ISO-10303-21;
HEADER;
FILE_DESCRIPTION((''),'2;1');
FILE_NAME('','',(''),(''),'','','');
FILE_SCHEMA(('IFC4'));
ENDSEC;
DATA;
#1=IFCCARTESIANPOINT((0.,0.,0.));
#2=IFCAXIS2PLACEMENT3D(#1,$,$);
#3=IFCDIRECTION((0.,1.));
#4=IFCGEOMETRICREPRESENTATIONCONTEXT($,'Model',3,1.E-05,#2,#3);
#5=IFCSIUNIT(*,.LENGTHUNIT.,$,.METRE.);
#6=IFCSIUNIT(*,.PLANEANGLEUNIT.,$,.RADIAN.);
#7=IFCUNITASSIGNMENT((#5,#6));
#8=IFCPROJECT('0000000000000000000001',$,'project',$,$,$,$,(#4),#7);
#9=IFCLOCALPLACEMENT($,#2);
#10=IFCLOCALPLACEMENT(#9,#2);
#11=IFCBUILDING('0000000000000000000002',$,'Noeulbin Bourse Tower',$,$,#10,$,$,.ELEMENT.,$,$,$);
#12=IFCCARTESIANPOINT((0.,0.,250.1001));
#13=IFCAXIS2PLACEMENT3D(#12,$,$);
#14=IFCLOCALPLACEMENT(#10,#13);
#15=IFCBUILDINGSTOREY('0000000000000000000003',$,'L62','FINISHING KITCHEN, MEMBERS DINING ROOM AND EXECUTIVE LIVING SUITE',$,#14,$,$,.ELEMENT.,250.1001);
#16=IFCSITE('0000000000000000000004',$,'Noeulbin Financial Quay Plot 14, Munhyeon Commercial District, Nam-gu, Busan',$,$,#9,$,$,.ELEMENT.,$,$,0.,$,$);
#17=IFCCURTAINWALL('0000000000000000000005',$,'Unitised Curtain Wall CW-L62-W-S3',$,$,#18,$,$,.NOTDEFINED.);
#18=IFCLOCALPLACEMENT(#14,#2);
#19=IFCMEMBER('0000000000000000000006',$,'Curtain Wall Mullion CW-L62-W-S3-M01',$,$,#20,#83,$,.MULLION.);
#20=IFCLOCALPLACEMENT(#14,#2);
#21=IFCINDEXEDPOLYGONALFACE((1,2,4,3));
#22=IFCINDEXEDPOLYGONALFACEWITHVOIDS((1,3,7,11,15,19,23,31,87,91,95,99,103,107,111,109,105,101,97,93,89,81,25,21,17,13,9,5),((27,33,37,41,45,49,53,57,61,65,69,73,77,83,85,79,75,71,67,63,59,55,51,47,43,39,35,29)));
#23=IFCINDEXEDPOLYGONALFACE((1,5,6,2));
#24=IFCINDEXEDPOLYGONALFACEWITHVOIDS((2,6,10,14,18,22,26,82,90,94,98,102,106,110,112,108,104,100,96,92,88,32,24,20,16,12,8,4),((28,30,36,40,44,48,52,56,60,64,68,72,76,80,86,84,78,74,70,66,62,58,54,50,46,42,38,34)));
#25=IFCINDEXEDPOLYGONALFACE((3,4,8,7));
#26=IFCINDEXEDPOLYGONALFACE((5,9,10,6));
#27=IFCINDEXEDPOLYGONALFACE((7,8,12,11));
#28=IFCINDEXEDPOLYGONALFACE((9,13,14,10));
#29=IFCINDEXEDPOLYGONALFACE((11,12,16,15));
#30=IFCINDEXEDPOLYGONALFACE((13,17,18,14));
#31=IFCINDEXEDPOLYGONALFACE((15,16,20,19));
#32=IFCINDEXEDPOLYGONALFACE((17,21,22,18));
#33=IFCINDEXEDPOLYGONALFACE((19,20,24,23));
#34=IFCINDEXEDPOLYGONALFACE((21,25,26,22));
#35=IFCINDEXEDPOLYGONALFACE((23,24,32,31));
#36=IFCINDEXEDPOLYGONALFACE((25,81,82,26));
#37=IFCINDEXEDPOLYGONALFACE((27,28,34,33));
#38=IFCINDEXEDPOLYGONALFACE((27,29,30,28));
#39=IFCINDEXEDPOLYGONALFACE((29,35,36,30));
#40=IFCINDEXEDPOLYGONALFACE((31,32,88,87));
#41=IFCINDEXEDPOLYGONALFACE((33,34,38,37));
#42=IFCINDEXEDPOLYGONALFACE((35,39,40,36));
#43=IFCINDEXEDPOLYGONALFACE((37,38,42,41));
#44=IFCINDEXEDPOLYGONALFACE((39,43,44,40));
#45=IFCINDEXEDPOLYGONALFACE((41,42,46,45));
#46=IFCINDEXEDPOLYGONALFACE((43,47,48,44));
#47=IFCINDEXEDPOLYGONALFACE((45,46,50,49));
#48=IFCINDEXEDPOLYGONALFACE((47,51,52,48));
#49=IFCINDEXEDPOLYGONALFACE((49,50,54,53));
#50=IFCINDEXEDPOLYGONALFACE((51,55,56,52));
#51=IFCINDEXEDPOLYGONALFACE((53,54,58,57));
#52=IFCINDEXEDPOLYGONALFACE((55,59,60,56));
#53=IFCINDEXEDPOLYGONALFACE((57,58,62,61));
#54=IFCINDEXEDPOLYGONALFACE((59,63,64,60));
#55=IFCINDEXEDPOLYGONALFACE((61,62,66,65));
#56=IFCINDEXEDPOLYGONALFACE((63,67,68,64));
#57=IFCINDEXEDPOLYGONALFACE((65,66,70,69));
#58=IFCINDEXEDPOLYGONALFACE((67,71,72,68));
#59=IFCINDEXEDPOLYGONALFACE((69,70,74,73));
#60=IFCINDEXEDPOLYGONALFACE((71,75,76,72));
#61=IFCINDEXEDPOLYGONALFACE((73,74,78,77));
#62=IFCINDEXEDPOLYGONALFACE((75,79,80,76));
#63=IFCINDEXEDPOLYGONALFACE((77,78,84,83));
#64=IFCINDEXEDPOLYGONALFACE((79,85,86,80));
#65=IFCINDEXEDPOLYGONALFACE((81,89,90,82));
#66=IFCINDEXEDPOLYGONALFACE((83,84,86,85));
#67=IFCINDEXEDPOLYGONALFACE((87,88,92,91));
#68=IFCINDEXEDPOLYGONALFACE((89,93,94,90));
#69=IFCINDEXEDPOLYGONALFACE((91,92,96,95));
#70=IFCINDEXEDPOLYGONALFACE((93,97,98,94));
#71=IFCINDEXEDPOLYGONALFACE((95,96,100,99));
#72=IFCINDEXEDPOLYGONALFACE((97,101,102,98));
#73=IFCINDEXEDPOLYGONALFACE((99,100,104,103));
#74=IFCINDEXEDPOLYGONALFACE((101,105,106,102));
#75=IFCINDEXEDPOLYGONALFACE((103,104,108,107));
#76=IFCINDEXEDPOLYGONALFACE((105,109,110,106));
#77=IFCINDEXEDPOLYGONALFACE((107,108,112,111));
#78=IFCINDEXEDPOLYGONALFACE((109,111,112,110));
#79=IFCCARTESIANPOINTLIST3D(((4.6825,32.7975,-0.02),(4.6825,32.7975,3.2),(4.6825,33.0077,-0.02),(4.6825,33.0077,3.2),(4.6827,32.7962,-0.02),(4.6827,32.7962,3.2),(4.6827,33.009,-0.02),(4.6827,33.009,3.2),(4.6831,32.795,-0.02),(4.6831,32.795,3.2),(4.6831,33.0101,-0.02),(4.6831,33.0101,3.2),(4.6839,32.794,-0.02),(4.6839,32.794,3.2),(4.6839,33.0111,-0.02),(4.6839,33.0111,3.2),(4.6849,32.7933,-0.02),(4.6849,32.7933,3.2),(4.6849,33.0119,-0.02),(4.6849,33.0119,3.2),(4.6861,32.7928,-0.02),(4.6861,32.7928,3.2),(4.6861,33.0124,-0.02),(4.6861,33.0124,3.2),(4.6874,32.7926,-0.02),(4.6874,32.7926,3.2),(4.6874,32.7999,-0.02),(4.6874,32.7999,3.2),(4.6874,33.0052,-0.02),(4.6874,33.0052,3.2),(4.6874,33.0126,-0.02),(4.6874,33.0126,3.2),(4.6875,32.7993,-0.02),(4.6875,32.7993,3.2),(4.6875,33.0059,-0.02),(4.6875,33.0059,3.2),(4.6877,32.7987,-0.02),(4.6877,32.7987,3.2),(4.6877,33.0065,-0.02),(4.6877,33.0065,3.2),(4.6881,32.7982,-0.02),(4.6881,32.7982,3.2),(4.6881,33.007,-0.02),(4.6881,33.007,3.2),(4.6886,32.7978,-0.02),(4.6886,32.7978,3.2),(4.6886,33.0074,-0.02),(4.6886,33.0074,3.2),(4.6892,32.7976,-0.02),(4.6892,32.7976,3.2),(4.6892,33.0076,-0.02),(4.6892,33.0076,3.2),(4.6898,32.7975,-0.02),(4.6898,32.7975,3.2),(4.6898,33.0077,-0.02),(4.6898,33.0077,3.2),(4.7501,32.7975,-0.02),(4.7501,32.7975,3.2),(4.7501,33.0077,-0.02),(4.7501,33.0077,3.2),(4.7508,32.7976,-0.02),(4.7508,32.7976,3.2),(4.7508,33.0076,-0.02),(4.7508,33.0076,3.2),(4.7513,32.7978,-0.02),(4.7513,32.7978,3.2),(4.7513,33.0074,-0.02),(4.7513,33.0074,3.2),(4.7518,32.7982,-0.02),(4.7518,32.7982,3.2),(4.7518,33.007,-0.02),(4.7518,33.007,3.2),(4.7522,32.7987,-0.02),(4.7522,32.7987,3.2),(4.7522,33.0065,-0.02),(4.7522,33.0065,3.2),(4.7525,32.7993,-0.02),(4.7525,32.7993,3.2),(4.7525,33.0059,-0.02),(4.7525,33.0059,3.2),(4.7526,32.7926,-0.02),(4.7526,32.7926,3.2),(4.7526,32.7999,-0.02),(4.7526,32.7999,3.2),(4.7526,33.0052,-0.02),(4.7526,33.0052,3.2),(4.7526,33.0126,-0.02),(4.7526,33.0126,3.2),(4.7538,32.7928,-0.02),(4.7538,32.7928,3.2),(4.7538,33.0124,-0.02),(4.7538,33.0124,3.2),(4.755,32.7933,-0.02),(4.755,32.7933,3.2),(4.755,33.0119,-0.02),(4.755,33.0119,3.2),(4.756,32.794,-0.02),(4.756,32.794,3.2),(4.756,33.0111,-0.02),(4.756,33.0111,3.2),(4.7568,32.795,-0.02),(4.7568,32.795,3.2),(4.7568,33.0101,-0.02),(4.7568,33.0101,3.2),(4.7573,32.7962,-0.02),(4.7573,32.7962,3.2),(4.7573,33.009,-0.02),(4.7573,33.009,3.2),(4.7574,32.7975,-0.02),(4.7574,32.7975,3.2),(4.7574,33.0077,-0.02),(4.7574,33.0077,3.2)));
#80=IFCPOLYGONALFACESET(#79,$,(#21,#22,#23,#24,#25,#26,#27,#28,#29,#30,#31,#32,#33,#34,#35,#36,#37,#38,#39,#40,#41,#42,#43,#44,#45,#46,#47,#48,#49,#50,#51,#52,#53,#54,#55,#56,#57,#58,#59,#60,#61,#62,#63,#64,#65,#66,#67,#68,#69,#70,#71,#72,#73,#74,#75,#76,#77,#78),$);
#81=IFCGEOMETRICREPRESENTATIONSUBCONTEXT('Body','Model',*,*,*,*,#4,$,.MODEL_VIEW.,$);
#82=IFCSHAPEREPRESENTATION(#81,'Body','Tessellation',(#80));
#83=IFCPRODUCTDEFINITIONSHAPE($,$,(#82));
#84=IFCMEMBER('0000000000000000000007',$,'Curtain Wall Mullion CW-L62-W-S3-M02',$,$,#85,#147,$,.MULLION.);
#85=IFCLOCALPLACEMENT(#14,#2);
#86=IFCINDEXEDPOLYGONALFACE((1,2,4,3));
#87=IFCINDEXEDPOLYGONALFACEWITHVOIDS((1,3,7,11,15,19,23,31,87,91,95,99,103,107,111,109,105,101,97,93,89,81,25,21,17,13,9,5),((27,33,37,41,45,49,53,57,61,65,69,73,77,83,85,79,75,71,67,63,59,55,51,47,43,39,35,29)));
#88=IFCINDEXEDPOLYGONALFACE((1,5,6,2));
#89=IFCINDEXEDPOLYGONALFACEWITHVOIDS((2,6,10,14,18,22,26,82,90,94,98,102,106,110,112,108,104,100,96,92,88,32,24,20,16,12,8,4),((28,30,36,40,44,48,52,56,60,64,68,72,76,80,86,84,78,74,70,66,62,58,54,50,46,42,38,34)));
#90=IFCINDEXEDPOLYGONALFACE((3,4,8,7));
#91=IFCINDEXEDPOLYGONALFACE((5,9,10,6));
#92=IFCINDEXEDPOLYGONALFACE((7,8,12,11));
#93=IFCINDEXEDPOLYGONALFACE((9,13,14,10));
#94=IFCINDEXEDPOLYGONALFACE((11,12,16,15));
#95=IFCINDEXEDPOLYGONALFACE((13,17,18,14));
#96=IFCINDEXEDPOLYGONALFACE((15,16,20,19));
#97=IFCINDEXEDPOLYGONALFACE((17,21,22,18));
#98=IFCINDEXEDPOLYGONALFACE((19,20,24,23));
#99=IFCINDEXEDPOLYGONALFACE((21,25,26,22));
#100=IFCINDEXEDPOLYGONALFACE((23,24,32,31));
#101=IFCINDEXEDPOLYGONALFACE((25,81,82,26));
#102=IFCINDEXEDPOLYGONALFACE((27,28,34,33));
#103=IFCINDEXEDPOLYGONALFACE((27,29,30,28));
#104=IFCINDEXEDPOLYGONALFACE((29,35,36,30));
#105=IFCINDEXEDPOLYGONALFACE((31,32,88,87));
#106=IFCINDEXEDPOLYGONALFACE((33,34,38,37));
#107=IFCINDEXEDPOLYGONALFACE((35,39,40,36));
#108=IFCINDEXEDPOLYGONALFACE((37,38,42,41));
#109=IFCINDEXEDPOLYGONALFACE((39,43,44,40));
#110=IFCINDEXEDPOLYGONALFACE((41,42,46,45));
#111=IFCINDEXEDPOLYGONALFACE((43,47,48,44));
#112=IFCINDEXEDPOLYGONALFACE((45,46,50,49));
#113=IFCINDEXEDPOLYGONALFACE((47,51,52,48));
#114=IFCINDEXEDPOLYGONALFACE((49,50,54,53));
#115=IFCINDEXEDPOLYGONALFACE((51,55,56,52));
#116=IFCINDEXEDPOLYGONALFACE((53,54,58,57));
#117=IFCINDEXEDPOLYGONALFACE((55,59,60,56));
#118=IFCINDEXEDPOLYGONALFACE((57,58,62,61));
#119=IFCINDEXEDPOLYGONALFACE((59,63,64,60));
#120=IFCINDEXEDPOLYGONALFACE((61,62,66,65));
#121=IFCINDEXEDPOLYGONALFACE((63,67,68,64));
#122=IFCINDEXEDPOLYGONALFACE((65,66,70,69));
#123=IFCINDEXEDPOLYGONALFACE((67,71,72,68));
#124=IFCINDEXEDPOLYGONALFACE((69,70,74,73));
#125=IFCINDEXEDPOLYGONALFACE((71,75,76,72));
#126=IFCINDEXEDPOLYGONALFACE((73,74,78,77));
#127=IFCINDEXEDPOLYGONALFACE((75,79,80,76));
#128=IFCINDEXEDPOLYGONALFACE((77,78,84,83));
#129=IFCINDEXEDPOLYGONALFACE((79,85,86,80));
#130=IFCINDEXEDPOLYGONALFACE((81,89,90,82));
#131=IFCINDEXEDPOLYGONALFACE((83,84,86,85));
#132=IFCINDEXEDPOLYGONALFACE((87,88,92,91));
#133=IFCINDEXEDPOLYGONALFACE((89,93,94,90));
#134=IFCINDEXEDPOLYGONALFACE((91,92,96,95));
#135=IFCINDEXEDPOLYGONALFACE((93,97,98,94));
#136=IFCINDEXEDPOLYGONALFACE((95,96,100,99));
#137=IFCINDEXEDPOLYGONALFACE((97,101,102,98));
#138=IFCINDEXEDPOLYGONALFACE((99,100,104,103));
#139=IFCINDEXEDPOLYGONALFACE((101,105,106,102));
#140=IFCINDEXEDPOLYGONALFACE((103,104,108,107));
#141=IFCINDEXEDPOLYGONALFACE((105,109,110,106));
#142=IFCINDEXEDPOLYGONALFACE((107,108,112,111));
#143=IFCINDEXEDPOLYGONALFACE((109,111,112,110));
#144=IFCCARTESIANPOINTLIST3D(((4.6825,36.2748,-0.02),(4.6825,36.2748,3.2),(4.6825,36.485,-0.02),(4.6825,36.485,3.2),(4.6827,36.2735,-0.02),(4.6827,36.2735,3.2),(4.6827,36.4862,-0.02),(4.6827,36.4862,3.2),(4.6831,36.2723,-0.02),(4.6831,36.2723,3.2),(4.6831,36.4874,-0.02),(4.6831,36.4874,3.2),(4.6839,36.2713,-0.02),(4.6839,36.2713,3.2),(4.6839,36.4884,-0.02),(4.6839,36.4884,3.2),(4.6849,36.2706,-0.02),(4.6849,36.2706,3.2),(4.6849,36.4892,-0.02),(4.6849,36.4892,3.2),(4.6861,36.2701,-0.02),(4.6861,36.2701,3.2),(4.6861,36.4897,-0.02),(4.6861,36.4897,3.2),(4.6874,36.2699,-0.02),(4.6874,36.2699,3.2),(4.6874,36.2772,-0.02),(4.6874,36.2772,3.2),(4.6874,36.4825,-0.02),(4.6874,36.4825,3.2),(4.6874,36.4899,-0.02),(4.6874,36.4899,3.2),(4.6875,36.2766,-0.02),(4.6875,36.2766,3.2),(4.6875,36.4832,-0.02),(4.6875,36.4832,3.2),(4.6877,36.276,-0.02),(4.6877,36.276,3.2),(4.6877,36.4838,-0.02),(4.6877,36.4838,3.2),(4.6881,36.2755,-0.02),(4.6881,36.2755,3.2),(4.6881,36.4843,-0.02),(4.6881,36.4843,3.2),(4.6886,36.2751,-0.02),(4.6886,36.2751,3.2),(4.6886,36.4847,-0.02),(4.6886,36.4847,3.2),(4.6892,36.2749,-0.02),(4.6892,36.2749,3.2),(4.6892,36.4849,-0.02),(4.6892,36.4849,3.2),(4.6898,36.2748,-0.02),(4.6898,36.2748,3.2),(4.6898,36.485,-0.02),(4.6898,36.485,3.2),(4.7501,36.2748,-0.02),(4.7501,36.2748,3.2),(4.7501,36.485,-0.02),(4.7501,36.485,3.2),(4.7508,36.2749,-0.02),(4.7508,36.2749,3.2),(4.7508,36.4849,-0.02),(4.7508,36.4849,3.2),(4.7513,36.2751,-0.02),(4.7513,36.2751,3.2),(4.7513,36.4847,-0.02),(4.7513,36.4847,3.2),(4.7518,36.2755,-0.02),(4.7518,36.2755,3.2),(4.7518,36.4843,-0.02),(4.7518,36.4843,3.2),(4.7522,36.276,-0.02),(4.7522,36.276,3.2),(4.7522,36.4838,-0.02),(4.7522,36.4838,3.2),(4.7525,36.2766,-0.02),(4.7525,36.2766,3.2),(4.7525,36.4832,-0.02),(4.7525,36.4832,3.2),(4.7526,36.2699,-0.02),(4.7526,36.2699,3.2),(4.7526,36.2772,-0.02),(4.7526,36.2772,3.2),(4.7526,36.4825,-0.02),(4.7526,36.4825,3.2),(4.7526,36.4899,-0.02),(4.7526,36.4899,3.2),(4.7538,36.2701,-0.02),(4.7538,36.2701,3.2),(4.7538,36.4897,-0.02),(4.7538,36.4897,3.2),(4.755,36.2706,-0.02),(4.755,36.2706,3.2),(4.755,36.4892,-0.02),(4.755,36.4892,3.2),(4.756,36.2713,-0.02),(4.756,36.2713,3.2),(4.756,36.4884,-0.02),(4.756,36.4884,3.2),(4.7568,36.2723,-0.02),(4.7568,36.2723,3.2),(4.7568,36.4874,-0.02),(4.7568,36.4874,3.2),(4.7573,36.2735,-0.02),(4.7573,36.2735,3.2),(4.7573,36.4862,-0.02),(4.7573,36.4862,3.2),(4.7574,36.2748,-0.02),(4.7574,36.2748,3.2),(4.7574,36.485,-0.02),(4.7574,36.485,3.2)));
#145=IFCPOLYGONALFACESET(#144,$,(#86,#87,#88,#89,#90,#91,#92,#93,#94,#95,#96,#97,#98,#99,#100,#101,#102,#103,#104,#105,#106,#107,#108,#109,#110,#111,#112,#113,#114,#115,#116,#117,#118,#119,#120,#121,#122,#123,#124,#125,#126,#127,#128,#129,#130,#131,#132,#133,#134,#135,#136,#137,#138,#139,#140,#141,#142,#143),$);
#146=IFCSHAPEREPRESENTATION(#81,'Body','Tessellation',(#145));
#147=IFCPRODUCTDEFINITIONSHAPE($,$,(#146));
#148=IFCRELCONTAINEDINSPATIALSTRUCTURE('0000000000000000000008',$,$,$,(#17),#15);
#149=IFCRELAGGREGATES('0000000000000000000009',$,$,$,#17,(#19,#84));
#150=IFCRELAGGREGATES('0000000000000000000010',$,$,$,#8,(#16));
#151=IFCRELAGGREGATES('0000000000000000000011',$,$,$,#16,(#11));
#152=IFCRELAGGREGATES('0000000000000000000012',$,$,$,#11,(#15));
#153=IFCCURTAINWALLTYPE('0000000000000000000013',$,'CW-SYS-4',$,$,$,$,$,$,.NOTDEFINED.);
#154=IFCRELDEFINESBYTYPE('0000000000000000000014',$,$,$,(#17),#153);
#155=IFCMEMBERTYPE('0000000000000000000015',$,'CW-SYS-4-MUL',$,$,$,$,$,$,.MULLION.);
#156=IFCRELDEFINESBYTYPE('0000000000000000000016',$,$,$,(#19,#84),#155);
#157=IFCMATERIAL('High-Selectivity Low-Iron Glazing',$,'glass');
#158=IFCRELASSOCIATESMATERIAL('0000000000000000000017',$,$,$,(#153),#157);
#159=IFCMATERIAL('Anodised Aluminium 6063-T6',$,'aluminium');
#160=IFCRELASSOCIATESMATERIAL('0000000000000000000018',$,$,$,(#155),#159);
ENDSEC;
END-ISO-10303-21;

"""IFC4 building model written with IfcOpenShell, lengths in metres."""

from ifc_helpers import new_model, si_unit, direction, frame, origin, origin_2d, place, context, subcontext, project, spatial, hollow_rectangle, extrude, material, material_profile, profile_set, type_object, element, aggregate, save


model = new_model("IFC4")

# Units and contexts
model_context = context("Model", 3, precision=1e-05, world=origin(), true_north=direction((0.0, 1.0)))
body_context = subcontext(model_context, "Body", "Model", "MODEL_VIEW")
ifc_project = project(units=[si_unit("LENGTHUNIT", "METRE"), si_unit("PLANEANGLEUNIT", "RADIAN")], contexts=[model_context])

# Site, building, storey
site_placement = place(None, origin())
site = spatial("IfcSite", under=ifc_project, at=site_placement, Name="Noeulbin Financial Quay Plot 14, Munhyeon Commercial District, Nam-gu, Busan", CompositionType="ELEMENT", RefElevation=0.0)
building_placement = place(site_placement, origin())
building = spatial("IfcBuilding", under=site, at=building_placement, Name="Noeulbin Bourse Tower", CompositionType="ELEMENT")
storey_placement = place(building_placement, frame((0.0, 0.0, 250.1001)))
storey = spatial("IfcBuildingStorey", under=building, at=storey_placement, Name="L62", Description="FINISHING KITCHEN, MEMBERS DINING ROOM AND EXECUTIVE LIVING SUITE", CompositionType="ELEMENT", Elevation=250.1001)

# Shared definitions
ifc_material_1 = material(Name="High-Selectivity Low-Iron Glazing", Category="glass")
curtain_wall_type = type_object("IfcCurtainWallType", Name="CW-SYS-4", PredefinedType="NOTDEFINED", material=ifc_material_1)
ifc_material_2 = material(Name="Anodised Aluminium 6063-T6", Category="aluminium")
ifc_material_profile_1 = material_profile(ifc_material_2, hollow_rectangle(XDim=0.075, YDim=0.22, WallThickness=0.0049, InnerFilletRadius=0.0024, OuterFilletRadius=0.0049, at=origin_2d()), Name="ALU-MULL-75x220x5", Category="LoadBearing")
ifc_profile_set_1 = profile_set([ifc_material_profile_1], Name="Anodised Aluminium 6063-T6")
member_type_1 = type_object("IfcMemberType", Name="CW-SYS-4-MUL", PredefinedType="MULLION", material=ifc_profile_set_1)

# Curtain wall, members
curtain_wall_1_placement = place(storey_placement, origin())
curtain_wall_1 = element("IfcCurtainWall", 1, at=curtain_wall_1_placement, inside=storey, type_object=curtain_wall_type, Name="Unitised Curtain Wall CW-L62-W-S3", PredefinedType="NOTDEFINED")
member_1_placement = place(storey_placement, frame((4.72, 32.9026, -0.02), z_axis=(0.0, 0.0, 1.0), x_axis=(1.0, 0.0, 0.0)))
member_1 = element("IfcMember", 2, at=member_1_placement, type_object=member_type_1, Name="Curtain Wall Mullion CW-L62-W-S3-M01", PredefinedType="MULLION", context=body_context, shape_type="SweptSolid", body=[
    extrude(hollow_rectangle(XDim=0.075, YDim=0.22, WallThickness=0.0049, InnerFilletRadius=0.0024, OuterFilletRadius=0.0049, at=origin_2d()), origin(), (0.0, 0.0, 1.0), 3.22),
])
member_2_placement = place(storey_placement, frame((4.72, 36.3799, -0.02), z_axis=(0.0, 0.0, 1.0), x_axis=(1.0, 0.0, 0.0)))
member_2 = element("IfcMember", 3, at=member_2_placement, type_object=member_type_1, Name="Curtain Wall Mullion CW-L62-W-S3-M02", PredefinedType="MULLION", context=body_context, shape_type="SweptSolid", body=[
    extrude(hollow_rectangle(XDim=0.075, YDim=0.22, WallThickness=0.0049, InnerFilletRadius=0.0024, OuterFilletRadius=0.0049, at=origin_2d()), origin(), (0.0, 0.0, 1.0), 3.22),
])

aggregate(curtain_wall_1, [member_1, member_2])

save(model, "model.ifc")
